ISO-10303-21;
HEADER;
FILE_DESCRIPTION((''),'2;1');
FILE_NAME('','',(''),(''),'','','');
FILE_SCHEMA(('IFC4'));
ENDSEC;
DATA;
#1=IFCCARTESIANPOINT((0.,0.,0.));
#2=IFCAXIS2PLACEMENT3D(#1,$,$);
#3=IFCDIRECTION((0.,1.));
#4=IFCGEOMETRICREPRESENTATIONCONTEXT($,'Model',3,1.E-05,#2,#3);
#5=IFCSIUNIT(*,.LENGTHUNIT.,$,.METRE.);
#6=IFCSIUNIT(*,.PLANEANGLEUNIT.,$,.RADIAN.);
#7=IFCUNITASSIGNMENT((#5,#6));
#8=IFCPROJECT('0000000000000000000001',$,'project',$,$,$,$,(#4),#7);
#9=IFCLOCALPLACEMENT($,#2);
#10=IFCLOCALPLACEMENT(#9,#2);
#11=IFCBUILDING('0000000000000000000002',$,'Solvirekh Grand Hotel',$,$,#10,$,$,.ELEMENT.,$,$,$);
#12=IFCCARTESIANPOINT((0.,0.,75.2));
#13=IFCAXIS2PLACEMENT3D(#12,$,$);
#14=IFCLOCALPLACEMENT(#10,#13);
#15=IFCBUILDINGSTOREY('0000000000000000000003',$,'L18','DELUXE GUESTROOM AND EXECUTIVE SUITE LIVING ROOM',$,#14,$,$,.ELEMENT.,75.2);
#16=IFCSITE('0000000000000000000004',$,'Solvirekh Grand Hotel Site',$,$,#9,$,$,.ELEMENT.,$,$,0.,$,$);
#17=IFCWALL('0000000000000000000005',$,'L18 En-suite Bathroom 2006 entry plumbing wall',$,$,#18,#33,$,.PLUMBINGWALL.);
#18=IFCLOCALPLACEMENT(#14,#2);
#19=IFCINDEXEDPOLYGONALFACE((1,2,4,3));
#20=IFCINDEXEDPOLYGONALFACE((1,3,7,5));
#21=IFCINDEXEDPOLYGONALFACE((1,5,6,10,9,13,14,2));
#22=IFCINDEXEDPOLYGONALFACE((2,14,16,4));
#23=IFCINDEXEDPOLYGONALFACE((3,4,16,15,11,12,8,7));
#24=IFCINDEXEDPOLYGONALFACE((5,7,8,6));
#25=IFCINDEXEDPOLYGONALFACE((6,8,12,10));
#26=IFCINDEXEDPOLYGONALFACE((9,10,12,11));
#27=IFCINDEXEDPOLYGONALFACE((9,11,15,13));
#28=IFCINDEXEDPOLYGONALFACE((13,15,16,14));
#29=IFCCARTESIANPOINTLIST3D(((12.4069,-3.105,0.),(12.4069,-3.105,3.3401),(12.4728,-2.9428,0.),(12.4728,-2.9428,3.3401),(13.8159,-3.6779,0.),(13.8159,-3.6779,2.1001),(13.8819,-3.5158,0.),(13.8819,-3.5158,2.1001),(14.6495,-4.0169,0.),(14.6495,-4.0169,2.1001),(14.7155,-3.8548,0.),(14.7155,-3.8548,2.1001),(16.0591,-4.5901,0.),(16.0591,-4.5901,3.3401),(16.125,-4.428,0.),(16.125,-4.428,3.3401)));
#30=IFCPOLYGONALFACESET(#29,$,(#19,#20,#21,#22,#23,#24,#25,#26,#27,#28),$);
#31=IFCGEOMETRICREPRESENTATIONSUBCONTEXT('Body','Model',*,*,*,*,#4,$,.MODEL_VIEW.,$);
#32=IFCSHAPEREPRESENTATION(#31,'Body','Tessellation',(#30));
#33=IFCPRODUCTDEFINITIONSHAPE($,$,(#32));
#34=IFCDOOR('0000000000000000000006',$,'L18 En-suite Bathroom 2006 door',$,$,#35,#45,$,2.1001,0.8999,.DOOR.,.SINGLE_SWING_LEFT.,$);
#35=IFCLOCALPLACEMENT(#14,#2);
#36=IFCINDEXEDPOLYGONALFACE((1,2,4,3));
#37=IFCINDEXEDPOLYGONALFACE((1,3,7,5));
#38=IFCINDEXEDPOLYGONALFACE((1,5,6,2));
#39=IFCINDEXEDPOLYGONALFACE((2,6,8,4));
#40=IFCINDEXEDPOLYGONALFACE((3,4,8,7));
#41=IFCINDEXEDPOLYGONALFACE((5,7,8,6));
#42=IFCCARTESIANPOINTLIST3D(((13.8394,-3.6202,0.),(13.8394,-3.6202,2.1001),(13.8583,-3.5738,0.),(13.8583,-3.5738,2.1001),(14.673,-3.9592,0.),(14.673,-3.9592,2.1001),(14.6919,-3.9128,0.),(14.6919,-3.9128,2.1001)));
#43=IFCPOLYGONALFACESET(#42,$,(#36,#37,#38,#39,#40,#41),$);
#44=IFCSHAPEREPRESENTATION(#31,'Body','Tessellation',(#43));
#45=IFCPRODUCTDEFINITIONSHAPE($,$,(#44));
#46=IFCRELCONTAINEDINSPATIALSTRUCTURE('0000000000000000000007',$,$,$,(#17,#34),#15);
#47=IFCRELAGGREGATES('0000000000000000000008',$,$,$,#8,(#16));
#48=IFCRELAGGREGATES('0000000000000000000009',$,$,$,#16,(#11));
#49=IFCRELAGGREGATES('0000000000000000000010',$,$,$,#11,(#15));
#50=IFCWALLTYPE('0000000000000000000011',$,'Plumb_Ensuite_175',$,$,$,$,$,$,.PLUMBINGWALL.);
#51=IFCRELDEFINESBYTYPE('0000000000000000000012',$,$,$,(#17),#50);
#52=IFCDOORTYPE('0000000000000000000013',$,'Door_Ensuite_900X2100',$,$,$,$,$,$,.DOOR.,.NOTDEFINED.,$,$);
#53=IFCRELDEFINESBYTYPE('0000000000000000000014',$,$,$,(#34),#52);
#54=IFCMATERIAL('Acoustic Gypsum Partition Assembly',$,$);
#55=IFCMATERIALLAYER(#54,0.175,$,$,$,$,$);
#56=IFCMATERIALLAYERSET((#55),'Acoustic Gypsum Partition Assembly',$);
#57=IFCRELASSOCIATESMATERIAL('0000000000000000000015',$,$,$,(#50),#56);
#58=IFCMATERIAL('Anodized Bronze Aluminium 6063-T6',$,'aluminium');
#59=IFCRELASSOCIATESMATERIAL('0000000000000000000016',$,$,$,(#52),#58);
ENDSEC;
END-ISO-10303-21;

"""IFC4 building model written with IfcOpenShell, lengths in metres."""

from ifc_helpers import new_model, si_unit, direction, frame, frame_2d, origin, place, context, subcontext, project, spatial, rectangle, extrude, material, layer, layer_set, type_object, element, fill, save


model = new_model("IFC4")

# Units and contexts
model_context = context("Model", 3, precision=1e-05, world=origin(), true_north=direction((0.0, 1.0)))
body_context = subcontext(model_context, "Body", "Model", "MODEL_VIEW")
ifc_project = project(units=[si_unit("LENGTHUNIT", "METRE"), si_unit("PLANEANGLEUNIT", "RADIAN")], contexts=[model_context])

# Site, building, storey
site_placement = place(None, origin())
site = spatial("IfcSite", under=ifc_project, at=site_placement, Name="Solvirekh Grand Hotel Site", CompositionType="ELEMENT", RefElevation=0.0)
building_placement = place(site_placement, origin())
building = spatial("IfcBuilding", under=site, at=building_placement, Name="Solvirekh Grand Hotel", CompositionType="ELEMENT")
storey_placement = place(building_placement, frame((0.0, 0.0, 75.2)))
storey = spatial("IfcBuildingStorey", under=building, at=storey_placement, Name="L18", Description="DELUXE GUESTROOM AND EXECUTIVE SUITE LIVING ROOM", CompositionType="ELEMENT", Elevation=75.2)

# Shared definitions
ifc_material_1 = material(Name="Anodized Bronze Aluminium 6063-T6", Category="aluminium")

# Shared definitions
ifc_material_2 = material(Name="Acoustic Gypsum Partition Assembly")

# Shared definitions
ifc_layer_1 = layer(ifc_material_2, 0.175)
ifc_layer_set_1 = layer_set([ifc_layer_1], Name="Acoustic Gypsum Partition Assembly")
wall_type_1 = type_object("IfcWallType", Name="Plumb_Ensuite_175", PredefinedType="PLUMBINGWALL", material=ifc_layer_set_1)

# Wall, opening, door
wall_1_placement = place(storey_placement, frame((12.4399, -3.0239, 0.0), z_axis=(0.0, 0.0, 1.0), x_axis=(0.926339, -0.376691, 0.0)))
wall_1 = element("IfcWall", 1, at=wall_1_placement, inside=storey, type_object=wall_type_1, Name="L18 En-suite Bathroom 2006 entry plumbing wall", PredefinedType="PLUMBINGWALL", context=body_context, shape_type="SweptSolid", body=[
    extrude(rectangle(XDim=3.9426, YDim=0.175, at=frame_2d((1.9712, 0.0))), origin(), (0.0, 0.0, 1.0), 3.3401),
])
opening_1_placement = place(wall_1_placement, frame((1.521, 0.0, 0.0)))
opening_1 = element("IfcOpeningElement", 2, at=opening_1_placement, cuts=wall_1, PredefinedType="OPENING", context=body_context, shape_type="SweptSolid", body=[
    extrude(rectangle(XDim=0.8999, YDim=2.1001, at=frame_2d((0.45, 1.05))), frame((0.0, 0.0977, 0.0), z_axis=(0.0, -1.0, 0.0), x_axis=(1.0, 0.0, 0.0)), (0.0, 0.0, 1.0), 0.1951),
])
door_type_1 = type_object("IfcDoorType", Name="Door_Ensuite_900X2100", OperationType="NOTDEFINED", PredefinedType="DOOR", material=ifc_material_1)
door_1_placement = place(opening_1_placement, origin())
door_1 = element("IfcDoor", 3, at=door_1_placement, inside=storey, type_object=door_type_1, Name="L18 En-suite Bathroom 2006 door", OperationType="SINGLE_SWING_LEFT", OverallHeight=2.1001, OverallWidth=0.8999, PredefinedType="DOOR", context=body_context, shape_type="SweptSolid", body=[
    extrude(rectangle(XDim=0.8999, YDim=2.1001, at=frame_2d((0.45, 1.05))), frame((0.0, 0.0249, 0.0), z_axis=(0.0, -1.0, 0.0), x_axis=(1.0, 0.0, 0.0)), (0.0, 0.0, 1.0), 0.05),
])
fill(opening_1, door_1)

save(model, "model.ifc")
